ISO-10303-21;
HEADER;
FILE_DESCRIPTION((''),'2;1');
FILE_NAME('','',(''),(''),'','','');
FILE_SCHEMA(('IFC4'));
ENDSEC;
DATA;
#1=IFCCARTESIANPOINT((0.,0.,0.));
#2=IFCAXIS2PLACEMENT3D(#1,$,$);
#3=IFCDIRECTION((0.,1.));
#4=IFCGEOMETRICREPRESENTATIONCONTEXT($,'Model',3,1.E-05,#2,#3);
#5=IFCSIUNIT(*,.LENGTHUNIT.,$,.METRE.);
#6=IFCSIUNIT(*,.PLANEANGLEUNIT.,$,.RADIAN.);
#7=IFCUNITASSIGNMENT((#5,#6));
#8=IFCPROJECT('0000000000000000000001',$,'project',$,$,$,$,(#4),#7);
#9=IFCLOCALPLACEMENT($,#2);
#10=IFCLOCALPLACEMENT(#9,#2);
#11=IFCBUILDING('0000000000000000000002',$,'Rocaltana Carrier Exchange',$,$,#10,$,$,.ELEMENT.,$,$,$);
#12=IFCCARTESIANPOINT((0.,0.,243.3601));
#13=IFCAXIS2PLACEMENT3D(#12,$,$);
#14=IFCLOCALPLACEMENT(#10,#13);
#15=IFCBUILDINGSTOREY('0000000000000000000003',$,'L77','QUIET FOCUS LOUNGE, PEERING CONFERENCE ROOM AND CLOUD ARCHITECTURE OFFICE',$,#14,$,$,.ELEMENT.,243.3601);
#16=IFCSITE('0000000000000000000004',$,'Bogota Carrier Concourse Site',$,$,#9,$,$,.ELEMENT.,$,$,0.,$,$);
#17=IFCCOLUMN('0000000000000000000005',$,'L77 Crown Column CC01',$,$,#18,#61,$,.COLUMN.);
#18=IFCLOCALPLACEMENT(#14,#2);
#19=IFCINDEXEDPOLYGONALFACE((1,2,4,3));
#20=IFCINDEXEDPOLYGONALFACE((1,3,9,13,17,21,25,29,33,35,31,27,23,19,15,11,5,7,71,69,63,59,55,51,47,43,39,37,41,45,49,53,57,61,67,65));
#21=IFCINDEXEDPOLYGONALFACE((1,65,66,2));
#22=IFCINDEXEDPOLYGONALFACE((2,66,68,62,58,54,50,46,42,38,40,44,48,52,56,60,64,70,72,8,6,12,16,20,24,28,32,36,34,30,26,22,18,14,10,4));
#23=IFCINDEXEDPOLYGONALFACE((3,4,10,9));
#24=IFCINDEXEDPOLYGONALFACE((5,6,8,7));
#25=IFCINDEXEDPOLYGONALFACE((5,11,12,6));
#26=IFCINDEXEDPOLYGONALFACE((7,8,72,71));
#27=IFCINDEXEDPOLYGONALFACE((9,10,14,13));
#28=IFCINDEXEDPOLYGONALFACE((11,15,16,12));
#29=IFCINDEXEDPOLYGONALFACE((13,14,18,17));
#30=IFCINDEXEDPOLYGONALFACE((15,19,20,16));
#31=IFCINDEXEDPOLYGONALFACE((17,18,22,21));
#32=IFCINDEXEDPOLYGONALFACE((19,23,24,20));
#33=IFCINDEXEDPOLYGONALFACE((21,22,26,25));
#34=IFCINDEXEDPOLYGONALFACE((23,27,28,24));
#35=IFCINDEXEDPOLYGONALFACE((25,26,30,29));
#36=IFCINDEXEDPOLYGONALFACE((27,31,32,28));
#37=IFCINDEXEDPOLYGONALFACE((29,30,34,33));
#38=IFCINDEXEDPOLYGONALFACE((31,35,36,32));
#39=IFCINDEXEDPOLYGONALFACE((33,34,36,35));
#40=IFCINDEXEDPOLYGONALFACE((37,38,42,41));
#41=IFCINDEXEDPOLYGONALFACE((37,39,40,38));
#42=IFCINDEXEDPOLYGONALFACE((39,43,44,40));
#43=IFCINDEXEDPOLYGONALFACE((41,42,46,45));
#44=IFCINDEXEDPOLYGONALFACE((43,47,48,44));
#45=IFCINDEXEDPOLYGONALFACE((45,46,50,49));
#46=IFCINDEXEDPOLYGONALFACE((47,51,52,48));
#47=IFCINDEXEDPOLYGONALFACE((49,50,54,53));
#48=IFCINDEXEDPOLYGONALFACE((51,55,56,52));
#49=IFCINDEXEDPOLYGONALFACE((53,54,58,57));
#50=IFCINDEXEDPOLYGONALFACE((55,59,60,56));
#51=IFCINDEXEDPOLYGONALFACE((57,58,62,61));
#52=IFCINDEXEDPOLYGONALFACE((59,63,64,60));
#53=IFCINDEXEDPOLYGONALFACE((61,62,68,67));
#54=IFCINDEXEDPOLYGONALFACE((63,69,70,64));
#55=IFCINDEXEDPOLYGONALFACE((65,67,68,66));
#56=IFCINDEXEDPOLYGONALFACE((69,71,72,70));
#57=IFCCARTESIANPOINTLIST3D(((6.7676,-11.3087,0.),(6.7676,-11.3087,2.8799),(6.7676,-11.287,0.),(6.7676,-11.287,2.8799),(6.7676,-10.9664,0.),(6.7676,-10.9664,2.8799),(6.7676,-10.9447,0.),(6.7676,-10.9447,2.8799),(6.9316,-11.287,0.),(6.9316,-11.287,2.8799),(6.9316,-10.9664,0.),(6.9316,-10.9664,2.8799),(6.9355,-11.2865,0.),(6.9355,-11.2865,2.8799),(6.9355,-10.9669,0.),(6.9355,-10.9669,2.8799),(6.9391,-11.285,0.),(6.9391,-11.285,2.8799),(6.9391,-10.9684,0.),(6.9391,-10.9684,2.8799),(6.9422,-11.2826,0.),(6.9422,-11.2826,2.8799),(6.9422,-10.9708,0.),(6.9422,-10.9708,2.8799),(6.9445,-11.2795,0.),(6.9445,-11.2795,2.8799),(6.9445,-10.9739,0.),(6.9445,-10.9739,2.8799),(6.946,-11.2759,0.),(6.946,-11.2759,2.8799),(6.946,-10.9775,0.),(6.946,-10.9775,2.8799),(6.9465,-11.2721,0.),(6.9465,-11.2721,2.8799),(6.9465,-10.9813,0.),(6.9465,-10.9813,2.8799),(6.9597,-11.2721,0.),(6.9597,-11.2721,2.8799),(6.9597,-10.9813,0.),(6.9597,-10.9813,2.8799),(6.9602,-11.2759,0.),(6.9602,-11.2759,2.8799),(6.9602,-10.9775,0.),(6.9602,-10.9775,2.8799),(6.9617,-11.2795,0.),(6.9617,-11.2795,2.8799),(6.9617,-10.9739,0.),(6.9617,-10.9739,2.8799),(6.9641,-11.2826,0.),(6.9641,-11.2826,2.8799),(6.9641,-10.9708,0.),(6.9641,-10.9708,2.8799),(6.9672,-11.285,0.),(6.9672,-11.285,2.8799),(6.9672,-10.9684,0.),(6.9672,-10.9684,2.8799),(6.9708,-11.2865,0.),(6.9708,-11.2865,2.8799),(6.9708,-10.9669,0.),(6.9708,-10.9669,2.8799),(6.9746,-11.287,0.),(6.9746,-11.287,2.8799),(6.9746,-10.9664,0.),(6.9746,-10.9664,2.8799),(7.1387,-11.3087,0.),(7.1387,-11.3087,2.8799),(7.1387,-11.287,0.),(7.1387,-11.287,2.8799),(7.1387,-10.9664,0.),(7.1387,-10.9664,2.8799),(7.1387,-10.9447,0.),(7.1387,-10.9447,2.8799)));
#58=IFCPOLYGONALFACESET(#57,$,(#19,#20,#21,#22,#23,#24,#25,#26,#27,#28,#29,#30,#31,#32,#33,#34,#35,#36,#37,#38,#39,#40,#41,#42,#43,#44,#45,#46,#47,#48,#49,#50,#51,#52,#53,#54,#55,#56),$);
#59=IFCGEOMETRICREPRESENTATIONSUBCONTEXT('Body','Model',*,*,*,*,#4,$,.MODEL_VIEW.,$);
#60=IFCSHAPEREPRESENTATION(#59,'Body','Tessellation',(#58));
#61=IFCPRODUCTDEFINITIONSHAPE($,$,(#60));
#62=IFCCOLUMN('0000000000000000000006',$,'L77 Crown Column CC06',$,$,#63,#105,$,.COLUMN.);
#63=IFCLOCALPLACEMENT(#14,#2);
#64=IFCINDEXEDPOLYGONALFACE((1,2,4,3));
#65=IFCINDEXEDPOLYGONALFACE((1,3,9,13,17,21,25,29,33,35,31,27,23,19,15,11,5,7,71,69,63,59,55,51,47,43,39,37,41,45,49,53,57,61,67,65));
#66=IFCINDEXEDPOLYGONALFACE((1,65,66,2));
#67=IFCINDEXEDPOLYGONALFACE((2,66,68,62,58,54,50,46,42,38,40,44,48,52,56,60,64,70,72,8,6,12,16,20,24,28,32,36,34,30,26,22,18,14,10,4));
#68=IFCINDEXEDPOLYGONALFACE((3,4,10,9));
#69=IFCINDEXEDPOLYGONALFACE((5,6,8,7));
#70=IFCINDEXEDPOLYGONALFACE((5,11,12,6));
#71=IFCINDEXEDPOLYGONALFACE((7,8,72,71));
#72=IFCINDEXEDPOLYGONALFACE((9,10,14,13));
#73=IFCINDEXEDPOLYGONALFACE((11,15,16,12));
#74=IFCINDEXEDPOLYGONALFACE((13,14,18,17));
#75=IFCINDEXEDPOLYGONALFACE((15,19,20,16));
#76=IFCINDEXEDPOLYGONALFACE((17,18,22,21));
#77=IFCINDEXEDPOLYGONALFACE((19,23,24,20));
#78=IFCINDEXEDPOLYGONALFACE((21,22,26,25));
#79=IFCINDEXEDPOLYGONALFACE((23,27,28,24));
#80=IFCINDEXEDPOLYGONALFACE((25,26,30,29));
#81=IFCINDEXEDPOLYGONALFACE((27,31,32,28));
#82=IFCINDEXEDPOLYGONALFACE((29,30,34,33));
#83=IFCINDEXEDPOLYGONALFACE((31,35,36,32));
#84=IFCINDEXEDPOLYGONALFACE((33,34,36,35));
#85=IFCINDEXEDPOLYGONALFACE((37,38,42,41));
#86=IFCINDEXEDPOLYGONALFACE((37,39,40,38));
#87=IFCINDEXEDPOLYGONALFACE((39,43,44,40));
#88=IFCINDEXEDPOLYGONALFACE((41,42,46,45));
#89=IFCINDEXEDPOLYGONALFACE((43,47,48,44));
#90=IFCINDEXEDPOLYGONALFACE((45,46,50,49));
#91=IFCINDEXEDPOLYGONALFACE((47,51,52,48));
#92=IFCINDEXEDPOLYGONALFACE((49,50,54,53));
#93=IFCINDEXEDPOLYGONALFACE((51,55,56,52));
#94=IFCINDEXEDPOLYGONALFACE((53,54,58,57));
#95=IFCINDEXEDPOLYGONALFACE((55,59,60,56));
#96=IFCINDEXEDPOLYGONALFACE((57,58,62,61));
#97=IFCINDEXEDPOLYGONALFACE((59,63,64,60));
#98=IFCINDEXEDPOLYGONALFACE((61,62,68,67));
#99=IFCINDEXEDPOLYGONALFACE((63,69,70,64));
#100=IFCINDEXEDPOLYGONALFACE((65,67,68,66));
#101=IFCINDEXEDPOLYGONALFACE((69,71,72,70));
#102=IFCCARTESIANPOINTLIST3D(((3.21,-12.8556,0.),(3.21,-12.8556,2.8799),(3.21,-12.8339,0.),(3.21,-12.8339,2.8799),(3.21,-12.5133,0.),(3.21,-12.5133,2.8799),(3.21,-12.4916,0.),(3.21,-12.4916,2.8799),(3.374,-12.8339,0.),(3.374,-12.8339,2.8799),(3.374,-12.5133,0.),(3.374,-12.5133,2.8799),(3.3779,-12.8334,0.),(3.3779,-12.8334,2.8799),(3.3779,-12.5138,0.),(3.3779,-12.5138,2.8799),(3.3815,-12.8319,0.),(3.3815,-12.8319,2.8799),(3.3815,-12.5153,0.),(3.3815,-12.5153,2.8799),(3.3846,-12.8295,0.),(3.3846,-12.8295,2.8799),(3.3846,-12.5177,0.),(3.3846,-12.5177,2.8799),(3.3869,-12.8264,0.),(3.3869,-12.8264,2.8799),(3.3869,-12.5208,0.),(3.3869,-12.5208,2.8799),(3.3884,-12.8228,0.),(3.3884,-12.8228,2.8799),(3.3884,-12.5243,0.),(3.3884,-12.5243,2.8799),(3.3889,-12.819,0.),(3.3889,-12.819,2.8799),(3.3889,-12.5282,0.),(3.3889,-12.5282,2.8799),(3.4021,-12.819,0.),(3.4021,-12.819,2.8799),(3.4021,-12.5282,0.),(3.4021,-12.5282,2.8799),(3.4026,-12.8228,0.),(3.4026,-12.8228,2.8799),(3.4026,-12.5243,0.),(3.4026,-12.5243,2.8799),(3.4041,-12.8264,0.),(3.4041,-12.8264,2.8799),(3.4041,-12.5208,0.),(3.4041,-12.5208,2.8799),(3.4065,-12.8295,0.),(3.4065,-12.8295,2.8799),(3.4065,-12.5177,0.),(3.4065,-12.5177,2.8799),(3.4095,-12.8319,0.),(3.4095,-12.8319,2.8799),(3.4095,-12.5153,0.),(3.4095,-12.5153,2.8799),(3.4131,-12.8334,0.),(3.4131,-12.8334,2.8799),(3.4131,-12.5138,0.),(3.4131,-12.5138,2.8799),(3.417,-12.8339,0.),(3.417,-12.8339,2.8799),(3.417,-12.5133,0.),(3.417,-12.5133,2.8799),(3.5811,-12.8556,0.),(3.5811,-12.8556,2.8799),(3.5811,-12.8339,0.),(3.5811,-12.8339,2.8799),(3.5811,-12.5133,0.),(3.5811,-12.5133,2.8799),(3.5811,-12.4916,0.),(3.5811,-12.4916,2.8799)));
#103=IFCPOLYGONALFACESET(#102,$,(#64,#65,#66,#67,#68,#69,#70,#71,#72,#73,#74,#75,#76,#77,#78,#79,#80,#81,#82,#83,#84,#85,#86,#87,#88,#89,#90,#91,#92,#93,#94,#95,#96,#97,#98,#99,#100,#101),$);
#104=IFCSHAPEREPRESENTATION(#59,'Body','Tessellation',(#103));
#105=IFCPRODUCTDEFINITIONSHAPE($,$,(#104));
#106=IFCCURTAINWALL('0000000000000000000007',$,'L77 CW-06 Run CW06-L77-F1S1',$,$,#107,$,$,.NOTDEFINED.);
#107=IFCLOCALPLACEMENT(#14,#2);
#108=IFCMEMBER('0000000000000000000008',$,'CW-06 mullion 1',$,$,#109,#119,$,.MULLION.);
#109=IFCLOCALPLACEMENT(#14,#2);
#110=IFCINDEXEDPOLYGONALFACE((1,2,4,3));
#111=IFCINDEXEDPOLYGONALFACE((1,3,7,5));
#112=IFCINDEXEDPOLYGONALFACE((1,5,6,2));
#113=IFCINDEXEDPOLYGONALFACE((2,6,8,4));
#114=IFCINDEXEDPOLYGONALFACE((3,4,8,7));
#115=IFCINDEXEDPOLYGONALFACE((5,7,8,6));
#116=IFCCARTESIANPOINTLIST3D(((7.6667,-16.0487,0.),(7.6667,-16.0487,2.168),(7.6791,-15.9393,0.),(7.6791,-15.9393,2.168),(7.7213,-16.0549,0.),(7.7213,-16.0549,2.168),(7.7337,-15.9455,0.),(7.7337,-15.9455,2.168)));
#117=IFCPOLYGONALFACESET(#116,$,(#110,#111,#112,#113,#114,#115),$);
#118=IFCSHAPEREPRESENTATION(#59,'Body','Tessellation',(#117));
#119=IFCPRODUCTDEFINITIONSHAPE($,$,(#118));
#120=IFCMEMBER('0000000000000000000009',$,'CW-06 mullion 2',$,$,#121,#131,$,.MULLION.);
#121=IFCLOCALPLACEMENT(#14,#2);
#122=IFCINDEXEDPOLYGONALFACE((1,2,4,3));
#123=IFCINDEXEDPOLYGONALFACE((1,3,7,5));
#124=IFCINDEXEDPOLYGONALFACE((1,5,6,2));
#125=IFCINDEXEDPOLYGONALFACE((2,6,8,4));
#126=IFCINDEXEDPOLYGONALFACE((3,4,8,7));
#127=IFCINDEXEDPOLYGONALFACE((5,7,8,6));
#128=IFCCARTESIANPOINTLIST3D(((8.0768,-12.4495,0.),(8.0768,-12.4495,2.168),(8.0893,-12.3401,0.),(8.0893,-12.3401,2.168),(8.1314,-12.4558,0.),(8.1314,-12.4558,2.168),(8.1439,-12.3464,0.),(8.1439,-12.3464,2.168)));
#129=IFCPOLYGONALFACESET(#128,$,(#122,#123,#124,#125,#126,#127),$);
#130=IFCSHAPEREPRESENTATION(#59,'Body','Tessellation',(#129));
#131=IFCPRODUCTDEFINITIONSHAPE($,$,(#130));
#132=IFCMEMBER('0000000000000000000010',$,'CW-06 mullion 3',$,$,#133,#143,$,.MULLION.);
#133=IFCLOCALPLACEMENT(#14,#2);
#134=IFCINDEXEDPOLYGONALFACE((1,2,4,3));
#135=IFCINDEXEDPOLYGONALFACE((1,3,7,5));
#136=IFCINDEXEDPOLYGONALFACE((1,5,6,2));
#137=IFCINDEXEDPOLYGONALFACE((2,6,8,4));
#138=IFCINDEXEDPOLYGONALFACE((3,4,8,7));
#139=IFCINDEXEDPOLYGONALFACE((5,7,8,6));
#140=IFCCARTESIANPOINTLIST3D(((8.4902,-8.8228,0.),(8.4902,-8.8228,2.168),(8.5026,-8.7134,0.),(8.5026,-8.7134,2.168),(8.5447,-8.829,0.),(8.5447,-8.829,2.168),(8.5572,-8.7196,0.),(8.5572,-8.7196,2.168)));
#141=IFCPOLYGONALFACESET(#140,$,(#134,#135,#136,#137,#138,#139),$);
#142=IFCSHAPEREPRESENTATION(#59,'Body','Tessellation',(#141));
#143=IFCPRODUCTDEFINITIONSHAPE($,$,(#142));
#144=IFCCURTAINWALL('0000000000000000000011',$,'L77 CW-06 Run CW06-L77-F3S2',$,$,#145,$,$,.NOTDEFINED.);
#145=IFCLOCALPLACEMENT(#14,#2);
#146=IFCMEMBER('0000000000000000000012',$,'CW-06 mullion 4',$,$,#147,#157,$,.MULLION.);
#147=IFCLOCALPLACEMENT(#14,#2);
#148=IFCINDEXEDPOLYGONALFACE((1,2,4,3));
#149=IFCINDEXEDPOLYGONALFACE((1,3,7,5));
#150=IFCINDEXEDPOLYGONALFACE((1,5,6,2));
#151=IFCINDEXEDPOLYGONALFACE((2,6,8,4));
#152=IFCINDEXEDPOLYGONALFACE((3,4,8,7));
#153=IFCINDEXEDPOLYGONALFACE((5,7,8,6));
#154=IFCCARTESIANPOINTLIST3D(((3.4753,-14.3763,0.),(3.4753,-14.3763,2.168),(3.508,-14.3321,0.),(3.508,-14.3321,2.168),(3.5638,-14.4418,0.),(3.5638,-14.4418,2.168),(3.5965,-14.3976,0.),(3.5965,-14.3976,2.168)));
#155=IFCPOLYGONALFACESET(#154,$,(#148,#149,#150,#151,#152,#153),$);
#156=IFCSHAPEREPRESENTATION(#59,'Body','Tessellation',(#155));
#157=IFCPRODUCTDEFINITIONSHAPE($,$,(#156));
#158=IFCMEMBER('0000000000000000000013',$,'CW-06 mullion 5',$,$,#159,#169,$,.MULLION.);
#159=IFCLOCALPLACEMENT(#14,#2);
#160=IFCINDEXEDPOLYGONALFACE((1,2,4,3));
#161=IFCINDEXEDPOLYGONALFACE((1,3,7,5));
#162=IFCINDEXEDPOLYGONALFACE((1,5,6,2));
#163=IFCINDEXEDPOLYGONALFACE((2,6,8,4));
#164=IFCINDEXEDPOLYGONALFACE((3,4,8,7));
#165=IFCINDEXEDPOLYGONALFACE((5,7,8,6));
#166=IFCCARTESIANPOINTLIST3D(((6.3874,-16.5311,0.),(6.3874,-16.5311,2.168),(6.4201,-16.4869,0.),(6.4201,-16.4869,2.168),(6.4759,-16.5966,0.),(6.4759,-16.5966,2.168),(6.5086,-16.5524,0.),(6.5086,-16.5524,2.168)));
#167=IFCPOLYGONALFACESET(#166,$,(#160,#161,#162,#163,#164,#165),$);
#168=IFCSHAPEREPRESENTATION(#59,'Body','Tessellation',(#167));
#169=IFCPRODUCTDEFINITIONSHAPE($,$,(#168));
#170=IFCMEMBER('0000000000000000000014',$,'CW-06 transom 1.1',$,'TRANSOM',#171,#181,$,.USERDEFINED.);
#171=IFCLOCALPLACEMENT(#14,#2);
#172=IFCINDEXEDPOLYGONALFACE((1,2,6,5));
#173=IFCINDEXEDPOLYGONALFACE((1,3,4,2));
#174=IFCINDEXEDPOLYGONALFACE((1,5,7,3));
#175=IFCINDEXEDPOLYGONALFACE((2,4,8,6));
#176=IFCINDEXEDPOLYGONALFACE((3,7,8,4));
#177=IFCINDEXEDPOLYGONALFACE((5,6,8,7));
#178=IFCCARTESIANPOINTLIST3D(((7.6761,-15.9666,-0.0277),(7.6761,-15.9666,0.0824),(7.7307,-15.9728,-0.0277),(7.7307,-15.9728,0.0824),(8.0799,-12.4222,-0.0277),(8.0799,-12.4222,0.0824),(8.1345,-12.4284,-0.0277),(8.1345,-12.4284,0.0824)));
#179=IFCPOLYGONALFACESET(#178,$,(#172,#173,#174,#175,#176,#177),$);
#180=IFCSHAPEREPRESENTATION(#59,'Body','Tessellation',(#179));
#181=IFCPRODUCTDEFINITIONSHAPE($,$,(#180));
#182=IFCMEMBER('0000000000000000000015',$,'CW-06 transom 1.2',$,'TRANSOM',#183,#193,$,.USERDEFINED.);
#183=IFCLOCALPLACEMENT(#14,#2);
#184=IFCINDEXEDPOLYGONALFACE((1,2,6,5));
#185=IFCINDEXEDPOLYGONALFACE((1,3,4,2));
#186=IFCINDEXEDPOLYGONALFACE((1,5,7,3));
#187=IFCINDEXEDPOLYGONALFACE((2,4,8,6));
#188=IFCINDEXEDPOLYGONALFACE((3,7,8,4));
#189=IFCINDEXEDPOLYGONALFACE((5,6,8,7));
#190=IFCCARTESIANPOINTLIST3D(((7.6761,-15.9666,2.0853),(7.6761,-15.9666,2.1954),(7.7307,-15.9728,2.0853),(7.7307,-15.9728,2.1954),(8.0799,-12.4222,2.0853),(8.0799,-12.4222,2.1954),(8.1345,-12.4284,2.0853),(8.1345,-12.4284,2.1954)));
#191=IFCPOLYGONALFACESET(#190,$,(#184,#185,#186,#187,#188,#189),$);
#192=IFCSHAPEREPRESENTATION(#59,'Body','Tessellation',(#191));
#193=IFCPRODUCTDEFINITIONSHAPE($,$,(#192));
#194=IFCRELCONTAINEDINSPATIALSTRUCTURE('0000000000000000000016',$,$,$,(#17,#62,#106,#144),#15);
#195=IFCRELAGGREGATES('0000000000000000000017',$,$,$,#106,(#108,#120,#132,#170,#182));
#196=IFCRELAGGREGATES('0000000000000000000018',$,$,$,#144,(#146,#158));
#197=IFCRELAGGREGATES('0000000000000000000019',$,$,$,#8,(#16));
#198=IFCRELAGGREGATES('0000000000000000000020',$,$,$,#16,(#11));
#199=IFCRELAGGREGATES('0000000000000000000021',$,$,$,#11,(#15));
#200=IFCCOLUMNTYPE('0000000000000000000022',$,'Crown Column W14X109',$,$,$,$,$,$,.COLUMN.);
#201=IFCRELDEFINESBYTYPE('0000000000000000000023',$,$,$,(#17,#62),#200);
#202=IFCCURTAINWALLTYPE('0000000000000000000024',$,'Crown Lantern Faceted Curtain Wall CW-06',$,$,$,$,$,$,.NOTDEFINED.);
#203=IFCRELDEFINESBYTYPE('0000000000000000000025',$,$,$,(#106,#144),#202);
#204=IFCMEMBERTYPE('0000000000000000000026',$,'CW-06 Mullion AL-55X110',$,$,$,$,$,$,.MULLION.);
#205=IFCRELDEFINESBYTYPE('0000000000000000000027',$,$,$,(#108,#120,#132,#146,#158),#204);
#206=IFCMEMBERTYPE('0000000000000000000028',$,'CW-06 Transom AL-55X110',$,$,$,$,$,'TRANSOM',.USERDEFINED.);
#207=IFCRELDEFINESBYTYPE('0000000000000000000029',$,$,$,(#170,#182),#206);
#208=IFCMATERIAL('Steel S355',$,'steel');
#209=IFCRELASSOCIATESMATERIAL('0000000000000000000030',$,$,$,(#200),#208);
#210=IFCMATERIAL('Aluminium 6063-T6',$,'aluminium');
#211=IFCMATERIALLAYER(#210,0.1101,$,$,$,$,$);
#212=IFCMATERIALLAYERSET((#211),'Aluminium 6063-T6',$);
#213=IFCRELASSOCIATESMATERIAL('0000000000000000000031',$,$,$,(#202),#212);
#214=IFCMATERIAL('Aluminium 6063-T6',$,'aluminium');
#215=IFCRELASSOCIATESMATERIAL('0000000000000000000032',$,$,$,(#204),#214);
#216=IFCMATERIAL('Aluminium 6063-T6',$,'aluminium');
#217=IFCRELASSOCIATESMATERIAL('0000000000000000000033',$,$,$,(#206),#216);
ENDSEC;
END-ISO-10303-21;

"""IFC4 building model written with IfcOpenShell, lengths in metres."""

from ifc_helpers import new_model, si_unit, direction, frame, origin, origin_2d, place, context, subcontext, project, spatial, rectangle, i_section, extrude, material, layer, layer_set, material_profile, profile_set, type_object, element, aggregate, save


model = new_model("IFC4")

# Units and contexts
model_context = context("Model", 3, precision=1e-05, world=origin(), true_north=direction((0.0, 1.0)))
body_context = subcontext(model_context, "Body", "Model", "MODEL_VIEW")
ifc_project = project(units=[si_unit("LENGTHUNIT", "METRE"), si_unit("PLANEANGLEUNIT", "RADIAN")], contexts=[model_context])

# Site, building, storey
site_placement = place(None, origin())
site = spatial("IfcSite", under=ifc_project, at=site_placement, Name="Bogota Carrier Concourse Site", CompositionType="ELEMENT", RefElevation=0.0)
building_placement = place(site_placement, origin())
building = spatial("IfcBuilding", under=site, at=building_placement, Name="Rocaltana Carrier Exchange", CompositionType="ELEMENT")
storey_placement = place(building_placement, frame((0.0, 0.0, 243.3601)))
storey = spatial("IfcBuildingStorey", under=building, at=storey_placement, Name="L77", Description="QUIET FOCUS LOUNGE, PEERING CONFERENCE ROOM AND CLOUD ARCHITECTURE OFFICE", CompositionType="ELEMENT", Elevation=243.3601)

# Columns
ifc_material_1 = material(Name="Steel S355", Category="steel")
ifc_material_profile_1 = material_profile(ifc_material_1, i_section(OverallWidth=0.3711, OverallDepth=0.364, WebThickness=0.0132, FlangeThickness=0.0217, FilletRadius=0.0149, at=origin_2d()), Name="W14X109")
ifc_profile_set_1 = profile_set([ifc_material_profile_1], Name="Steel S355")
column_type = type_object("IfcColumnType", Name="Crown Column W14X109", PredefinedType="COLUMN", material=ifc_profile_set_1)
for number, where, z_axis, x_axis, name in (
    (1, (6.9531, -11.1267, 0.0), (0.0, 0.0, 1.0), (1.0, 0.0, 0.0), "L77 Crown Column CC01"),
    (2, (3.3955, -12.6736, 0.0), (0.0, 0.0, 1.0), (1.0, 0.0, 0.0), "L77 Crown Column CC06"),
):
    element("IfcColumn", number, at=place(storey_placement, frame(where, z_axis=z_axis, x_axis=x_axis)), inside=storey, type_object=column_type, Name=name, PredefinedType="COLUMN", context=body_context, shape_type="SweptSolid", body=[
        extrude(i_section(OverallWidth=0.3711, OverallDepth=0.364, WebThickness=0.0132, FlangeThickness=0.0217, FilletRadius=0.0149, at=origin_2d()), origin(), (0.0, 0.0, 1.0), 2.8799),
    ])

# Curtain walls, members
ifc_material_2 = material(Name="Aluminium 6063-T6", Category="aluminium")
ifc_layer_1 = layer(ifc_material_2, 0.1101)
ifc_layer_set_1 = layer_set([ifc_layer_1], Name="Aluminium 6063-T6")
curtain_wall_type = type_object("IfcCurtainWallType", Name="Crown Lantern Faceted Curtain Wall CW-06", PredefinedType="NOTDEFINED", material=ifc_layer_set_1)
curtain_wall_1_placement = place(storey_placement, origin())
curtain_wall_1 = element("IfcCurtainWall", 3, at=curtain_wall_1_placement, inside=storey, type_object=curtain_wall_type, Name="L77 CW-06 Run CW06-L77-F1S1", PredefinedType="NOTDEFINED")
ifc_material_3 = material(Name="Aluminium 6063-T6", Category="aluminium")
ifc_material_profile_2 = material_profile(ifc_material_3, rectangle(XDim=0.0549, YDim=0.1101, at=origin_2d()), Name="AL-55X110")
ifc_profile_set_2 = profile_set([ifc_material_profile_2], Name="Aluminium 6063-T6")
member_type_1 = type_object("IfcMemberType", Name="CW-06 Mullion AL-55X110", PredefinedType="MULLION", material=ifc_profile_set_2)
member_1_placement = place(storey_placement, frame((7.7002, -15.9971, 0.0), z_axis=(0.0, 0.0, 1.0), x_axis=(-0.993572, 0.113205, 0.0)))
member_1 = element("IfcMember", 4, at=member_1_placement, type_object=member_type_1, Name="CW-06 mullion 1", PredefinedType="MULLION", context=body_context, shape_type="SweptSolid", body=[
    extrude(rectangle(XDim=0.0549, YDim=0.1101, at=origin_2d()), origin(), (0.0, 0.0, 1.0), 2.168),
])
member_2_placement = place(storey_placement, frame((8.1104, -12.3979, 0.0), z_axis=(0.0, 0.0, 1.0), x_axis=(-0.993572, 0.113205, 0.0)))
member_2 = element("IfcMember", 5, at=member_2_placement, type_object=member_type_1, Name="CW-06 mullion 2", PredefinedType="MULLION", context=body_context, shape_type="SweptSolid", body=[
    extrude(rectangle(XDim=0.0549, YDim=0.1101, at=origin_2d()), origin(), (0.0, 0.0, 1.0), 2.168),
])
member_3_placement = place(storey_placement, frame((8.5237, -8.7712, 0.0), z_axis=(0.0, 0.0, 1.0), x_axis=(-0.993572, 0.113205, 0.0)))
member_3 = element("IfcMember", 6, at=member_3_placement, type_object=member_type_1, Name="CW-06 mullion 3", PredefinedType="MULLION", context=body_context, shape_type="SweptSolid", body=[
    extrude(rectangle(XDim=0.0549, YDim=0.1101, at=origin_2d()), origin(), (0.0, 0.0, 1.0), 2.168),
])
curtain_wall_2_placement = place(storey_placement, origin())
curtain_wall_2 = element("IfcCurtainWall", 7, at=curtain_wall_2_placement, inside=storey, type_object=curtain_wall_type, Name="L77 CW-06 Run CW06-L77-F3S2", PredefinedType="NOTDEFINED")
member_4_placement = place(storey_placement, frame((3.5359, -14.387, 0.0), z_axis=(0.0, 0.0, 1.0), x_axis=(0.594823, 0.803857, 0.0)))
member_4 = element("IfcMember", 8, at=member_4_placement, type_object=member_type_1, Name="CW-06 mullion 4", PredefinedType="MULLION", context=body_context, shape_type="SweptSolid", body=[
    extrude(rectangle(XDim=0.0549, YDim=0.1101, at=origin_2d()), origin(), (0.0, 0.0, 1.0), 2.168),
])
member_5_placement = place(storey_placement, frame((6.448, -16.5417, 0.0), z_axis=(0.0, 0.0, 1.0), x_axis=(0.594823, 0.803857, 0.0)))
member_5 = element("IfcMember", 9, at=member_5_placement, type_object=member_type_1, Name="CW-06 mullion 5", PredefinedType="MULLION", context=body_context, shape_type="SweptSolid", body=[
    extrude(rectangle(XDim=0.0549, YDim=0.1101, at=origin_2d()), origin(), (0.0, 0.0, 1.0), 2.168),
])

# Members
ifc_material_4 = material(Name="Aluminium 6063-T6", Category="aluminium")
ifc_material_profile_3 = material_profile(ifc_material_4, rectangle(XDim=0.0549, YDim=0.1101, at=origin_2d()), Name="AL-55X110")
ifc_profile_set_3 = profile_set([ifc_material_profile_3], Name="Aluminium 6063-T6")
member_type_2 = type_object("IfcMemberType", Name="CW-06 Transom AL-55X110", ElementType="TRANSOM", PredefinedType="USERDEFINED", material=ifc_profile_set_3)
member_6_placement = place(storey_placement, frame((7.7034, -15.9697, 0.0273), z_axis=(0.113195, 0.993573, 0.0), x_axis=(-0.993573, 0.113195, 0.0)))
member_6 = element("IfcMember", 10, at=member_6_placement, type_object=member_type_2, Name="CW-06 transom 1.1", ObjectType="TRANSOM", PredefinedType="USERDEFINED", context=body_context, shape_type="SweptSolid", body=[
    extrude(rectangle(XDim=0.0549, YDim=0.1101, at=origin_2d()), origin(), (0.0, 0.0, 1.0), 3.5674),
])
member_7_placement = place(storey_placement, frame((7.7034, -15.9697, 2.1404), z_axis=(0.113195, 0.993573, 0.0), x_axis=(-0.993573, 0.113195, 0.0)))
member_7 = element("IfcMember", 11, at=member_7_placement, type_object=member_type_2, Name="CW-06 transom 1.2", ObjectType="TRANSOM", PredefinedType="USERDEFINED", context=body_context, shape_type="SweptSolid", body=[
    extrude(rectangle(XDim=0.0549, YDim=0.1101, at=origin_2d()), origin(), (0.0, 0.0, 1.0), 3.5674),
])

aggregate(curtain_wall_1, [member_1, member_2, member_3, member_6, member_7])
aggregate(curtain_wall_2, [member_4, member_5])

save(model, "model.ifc")
